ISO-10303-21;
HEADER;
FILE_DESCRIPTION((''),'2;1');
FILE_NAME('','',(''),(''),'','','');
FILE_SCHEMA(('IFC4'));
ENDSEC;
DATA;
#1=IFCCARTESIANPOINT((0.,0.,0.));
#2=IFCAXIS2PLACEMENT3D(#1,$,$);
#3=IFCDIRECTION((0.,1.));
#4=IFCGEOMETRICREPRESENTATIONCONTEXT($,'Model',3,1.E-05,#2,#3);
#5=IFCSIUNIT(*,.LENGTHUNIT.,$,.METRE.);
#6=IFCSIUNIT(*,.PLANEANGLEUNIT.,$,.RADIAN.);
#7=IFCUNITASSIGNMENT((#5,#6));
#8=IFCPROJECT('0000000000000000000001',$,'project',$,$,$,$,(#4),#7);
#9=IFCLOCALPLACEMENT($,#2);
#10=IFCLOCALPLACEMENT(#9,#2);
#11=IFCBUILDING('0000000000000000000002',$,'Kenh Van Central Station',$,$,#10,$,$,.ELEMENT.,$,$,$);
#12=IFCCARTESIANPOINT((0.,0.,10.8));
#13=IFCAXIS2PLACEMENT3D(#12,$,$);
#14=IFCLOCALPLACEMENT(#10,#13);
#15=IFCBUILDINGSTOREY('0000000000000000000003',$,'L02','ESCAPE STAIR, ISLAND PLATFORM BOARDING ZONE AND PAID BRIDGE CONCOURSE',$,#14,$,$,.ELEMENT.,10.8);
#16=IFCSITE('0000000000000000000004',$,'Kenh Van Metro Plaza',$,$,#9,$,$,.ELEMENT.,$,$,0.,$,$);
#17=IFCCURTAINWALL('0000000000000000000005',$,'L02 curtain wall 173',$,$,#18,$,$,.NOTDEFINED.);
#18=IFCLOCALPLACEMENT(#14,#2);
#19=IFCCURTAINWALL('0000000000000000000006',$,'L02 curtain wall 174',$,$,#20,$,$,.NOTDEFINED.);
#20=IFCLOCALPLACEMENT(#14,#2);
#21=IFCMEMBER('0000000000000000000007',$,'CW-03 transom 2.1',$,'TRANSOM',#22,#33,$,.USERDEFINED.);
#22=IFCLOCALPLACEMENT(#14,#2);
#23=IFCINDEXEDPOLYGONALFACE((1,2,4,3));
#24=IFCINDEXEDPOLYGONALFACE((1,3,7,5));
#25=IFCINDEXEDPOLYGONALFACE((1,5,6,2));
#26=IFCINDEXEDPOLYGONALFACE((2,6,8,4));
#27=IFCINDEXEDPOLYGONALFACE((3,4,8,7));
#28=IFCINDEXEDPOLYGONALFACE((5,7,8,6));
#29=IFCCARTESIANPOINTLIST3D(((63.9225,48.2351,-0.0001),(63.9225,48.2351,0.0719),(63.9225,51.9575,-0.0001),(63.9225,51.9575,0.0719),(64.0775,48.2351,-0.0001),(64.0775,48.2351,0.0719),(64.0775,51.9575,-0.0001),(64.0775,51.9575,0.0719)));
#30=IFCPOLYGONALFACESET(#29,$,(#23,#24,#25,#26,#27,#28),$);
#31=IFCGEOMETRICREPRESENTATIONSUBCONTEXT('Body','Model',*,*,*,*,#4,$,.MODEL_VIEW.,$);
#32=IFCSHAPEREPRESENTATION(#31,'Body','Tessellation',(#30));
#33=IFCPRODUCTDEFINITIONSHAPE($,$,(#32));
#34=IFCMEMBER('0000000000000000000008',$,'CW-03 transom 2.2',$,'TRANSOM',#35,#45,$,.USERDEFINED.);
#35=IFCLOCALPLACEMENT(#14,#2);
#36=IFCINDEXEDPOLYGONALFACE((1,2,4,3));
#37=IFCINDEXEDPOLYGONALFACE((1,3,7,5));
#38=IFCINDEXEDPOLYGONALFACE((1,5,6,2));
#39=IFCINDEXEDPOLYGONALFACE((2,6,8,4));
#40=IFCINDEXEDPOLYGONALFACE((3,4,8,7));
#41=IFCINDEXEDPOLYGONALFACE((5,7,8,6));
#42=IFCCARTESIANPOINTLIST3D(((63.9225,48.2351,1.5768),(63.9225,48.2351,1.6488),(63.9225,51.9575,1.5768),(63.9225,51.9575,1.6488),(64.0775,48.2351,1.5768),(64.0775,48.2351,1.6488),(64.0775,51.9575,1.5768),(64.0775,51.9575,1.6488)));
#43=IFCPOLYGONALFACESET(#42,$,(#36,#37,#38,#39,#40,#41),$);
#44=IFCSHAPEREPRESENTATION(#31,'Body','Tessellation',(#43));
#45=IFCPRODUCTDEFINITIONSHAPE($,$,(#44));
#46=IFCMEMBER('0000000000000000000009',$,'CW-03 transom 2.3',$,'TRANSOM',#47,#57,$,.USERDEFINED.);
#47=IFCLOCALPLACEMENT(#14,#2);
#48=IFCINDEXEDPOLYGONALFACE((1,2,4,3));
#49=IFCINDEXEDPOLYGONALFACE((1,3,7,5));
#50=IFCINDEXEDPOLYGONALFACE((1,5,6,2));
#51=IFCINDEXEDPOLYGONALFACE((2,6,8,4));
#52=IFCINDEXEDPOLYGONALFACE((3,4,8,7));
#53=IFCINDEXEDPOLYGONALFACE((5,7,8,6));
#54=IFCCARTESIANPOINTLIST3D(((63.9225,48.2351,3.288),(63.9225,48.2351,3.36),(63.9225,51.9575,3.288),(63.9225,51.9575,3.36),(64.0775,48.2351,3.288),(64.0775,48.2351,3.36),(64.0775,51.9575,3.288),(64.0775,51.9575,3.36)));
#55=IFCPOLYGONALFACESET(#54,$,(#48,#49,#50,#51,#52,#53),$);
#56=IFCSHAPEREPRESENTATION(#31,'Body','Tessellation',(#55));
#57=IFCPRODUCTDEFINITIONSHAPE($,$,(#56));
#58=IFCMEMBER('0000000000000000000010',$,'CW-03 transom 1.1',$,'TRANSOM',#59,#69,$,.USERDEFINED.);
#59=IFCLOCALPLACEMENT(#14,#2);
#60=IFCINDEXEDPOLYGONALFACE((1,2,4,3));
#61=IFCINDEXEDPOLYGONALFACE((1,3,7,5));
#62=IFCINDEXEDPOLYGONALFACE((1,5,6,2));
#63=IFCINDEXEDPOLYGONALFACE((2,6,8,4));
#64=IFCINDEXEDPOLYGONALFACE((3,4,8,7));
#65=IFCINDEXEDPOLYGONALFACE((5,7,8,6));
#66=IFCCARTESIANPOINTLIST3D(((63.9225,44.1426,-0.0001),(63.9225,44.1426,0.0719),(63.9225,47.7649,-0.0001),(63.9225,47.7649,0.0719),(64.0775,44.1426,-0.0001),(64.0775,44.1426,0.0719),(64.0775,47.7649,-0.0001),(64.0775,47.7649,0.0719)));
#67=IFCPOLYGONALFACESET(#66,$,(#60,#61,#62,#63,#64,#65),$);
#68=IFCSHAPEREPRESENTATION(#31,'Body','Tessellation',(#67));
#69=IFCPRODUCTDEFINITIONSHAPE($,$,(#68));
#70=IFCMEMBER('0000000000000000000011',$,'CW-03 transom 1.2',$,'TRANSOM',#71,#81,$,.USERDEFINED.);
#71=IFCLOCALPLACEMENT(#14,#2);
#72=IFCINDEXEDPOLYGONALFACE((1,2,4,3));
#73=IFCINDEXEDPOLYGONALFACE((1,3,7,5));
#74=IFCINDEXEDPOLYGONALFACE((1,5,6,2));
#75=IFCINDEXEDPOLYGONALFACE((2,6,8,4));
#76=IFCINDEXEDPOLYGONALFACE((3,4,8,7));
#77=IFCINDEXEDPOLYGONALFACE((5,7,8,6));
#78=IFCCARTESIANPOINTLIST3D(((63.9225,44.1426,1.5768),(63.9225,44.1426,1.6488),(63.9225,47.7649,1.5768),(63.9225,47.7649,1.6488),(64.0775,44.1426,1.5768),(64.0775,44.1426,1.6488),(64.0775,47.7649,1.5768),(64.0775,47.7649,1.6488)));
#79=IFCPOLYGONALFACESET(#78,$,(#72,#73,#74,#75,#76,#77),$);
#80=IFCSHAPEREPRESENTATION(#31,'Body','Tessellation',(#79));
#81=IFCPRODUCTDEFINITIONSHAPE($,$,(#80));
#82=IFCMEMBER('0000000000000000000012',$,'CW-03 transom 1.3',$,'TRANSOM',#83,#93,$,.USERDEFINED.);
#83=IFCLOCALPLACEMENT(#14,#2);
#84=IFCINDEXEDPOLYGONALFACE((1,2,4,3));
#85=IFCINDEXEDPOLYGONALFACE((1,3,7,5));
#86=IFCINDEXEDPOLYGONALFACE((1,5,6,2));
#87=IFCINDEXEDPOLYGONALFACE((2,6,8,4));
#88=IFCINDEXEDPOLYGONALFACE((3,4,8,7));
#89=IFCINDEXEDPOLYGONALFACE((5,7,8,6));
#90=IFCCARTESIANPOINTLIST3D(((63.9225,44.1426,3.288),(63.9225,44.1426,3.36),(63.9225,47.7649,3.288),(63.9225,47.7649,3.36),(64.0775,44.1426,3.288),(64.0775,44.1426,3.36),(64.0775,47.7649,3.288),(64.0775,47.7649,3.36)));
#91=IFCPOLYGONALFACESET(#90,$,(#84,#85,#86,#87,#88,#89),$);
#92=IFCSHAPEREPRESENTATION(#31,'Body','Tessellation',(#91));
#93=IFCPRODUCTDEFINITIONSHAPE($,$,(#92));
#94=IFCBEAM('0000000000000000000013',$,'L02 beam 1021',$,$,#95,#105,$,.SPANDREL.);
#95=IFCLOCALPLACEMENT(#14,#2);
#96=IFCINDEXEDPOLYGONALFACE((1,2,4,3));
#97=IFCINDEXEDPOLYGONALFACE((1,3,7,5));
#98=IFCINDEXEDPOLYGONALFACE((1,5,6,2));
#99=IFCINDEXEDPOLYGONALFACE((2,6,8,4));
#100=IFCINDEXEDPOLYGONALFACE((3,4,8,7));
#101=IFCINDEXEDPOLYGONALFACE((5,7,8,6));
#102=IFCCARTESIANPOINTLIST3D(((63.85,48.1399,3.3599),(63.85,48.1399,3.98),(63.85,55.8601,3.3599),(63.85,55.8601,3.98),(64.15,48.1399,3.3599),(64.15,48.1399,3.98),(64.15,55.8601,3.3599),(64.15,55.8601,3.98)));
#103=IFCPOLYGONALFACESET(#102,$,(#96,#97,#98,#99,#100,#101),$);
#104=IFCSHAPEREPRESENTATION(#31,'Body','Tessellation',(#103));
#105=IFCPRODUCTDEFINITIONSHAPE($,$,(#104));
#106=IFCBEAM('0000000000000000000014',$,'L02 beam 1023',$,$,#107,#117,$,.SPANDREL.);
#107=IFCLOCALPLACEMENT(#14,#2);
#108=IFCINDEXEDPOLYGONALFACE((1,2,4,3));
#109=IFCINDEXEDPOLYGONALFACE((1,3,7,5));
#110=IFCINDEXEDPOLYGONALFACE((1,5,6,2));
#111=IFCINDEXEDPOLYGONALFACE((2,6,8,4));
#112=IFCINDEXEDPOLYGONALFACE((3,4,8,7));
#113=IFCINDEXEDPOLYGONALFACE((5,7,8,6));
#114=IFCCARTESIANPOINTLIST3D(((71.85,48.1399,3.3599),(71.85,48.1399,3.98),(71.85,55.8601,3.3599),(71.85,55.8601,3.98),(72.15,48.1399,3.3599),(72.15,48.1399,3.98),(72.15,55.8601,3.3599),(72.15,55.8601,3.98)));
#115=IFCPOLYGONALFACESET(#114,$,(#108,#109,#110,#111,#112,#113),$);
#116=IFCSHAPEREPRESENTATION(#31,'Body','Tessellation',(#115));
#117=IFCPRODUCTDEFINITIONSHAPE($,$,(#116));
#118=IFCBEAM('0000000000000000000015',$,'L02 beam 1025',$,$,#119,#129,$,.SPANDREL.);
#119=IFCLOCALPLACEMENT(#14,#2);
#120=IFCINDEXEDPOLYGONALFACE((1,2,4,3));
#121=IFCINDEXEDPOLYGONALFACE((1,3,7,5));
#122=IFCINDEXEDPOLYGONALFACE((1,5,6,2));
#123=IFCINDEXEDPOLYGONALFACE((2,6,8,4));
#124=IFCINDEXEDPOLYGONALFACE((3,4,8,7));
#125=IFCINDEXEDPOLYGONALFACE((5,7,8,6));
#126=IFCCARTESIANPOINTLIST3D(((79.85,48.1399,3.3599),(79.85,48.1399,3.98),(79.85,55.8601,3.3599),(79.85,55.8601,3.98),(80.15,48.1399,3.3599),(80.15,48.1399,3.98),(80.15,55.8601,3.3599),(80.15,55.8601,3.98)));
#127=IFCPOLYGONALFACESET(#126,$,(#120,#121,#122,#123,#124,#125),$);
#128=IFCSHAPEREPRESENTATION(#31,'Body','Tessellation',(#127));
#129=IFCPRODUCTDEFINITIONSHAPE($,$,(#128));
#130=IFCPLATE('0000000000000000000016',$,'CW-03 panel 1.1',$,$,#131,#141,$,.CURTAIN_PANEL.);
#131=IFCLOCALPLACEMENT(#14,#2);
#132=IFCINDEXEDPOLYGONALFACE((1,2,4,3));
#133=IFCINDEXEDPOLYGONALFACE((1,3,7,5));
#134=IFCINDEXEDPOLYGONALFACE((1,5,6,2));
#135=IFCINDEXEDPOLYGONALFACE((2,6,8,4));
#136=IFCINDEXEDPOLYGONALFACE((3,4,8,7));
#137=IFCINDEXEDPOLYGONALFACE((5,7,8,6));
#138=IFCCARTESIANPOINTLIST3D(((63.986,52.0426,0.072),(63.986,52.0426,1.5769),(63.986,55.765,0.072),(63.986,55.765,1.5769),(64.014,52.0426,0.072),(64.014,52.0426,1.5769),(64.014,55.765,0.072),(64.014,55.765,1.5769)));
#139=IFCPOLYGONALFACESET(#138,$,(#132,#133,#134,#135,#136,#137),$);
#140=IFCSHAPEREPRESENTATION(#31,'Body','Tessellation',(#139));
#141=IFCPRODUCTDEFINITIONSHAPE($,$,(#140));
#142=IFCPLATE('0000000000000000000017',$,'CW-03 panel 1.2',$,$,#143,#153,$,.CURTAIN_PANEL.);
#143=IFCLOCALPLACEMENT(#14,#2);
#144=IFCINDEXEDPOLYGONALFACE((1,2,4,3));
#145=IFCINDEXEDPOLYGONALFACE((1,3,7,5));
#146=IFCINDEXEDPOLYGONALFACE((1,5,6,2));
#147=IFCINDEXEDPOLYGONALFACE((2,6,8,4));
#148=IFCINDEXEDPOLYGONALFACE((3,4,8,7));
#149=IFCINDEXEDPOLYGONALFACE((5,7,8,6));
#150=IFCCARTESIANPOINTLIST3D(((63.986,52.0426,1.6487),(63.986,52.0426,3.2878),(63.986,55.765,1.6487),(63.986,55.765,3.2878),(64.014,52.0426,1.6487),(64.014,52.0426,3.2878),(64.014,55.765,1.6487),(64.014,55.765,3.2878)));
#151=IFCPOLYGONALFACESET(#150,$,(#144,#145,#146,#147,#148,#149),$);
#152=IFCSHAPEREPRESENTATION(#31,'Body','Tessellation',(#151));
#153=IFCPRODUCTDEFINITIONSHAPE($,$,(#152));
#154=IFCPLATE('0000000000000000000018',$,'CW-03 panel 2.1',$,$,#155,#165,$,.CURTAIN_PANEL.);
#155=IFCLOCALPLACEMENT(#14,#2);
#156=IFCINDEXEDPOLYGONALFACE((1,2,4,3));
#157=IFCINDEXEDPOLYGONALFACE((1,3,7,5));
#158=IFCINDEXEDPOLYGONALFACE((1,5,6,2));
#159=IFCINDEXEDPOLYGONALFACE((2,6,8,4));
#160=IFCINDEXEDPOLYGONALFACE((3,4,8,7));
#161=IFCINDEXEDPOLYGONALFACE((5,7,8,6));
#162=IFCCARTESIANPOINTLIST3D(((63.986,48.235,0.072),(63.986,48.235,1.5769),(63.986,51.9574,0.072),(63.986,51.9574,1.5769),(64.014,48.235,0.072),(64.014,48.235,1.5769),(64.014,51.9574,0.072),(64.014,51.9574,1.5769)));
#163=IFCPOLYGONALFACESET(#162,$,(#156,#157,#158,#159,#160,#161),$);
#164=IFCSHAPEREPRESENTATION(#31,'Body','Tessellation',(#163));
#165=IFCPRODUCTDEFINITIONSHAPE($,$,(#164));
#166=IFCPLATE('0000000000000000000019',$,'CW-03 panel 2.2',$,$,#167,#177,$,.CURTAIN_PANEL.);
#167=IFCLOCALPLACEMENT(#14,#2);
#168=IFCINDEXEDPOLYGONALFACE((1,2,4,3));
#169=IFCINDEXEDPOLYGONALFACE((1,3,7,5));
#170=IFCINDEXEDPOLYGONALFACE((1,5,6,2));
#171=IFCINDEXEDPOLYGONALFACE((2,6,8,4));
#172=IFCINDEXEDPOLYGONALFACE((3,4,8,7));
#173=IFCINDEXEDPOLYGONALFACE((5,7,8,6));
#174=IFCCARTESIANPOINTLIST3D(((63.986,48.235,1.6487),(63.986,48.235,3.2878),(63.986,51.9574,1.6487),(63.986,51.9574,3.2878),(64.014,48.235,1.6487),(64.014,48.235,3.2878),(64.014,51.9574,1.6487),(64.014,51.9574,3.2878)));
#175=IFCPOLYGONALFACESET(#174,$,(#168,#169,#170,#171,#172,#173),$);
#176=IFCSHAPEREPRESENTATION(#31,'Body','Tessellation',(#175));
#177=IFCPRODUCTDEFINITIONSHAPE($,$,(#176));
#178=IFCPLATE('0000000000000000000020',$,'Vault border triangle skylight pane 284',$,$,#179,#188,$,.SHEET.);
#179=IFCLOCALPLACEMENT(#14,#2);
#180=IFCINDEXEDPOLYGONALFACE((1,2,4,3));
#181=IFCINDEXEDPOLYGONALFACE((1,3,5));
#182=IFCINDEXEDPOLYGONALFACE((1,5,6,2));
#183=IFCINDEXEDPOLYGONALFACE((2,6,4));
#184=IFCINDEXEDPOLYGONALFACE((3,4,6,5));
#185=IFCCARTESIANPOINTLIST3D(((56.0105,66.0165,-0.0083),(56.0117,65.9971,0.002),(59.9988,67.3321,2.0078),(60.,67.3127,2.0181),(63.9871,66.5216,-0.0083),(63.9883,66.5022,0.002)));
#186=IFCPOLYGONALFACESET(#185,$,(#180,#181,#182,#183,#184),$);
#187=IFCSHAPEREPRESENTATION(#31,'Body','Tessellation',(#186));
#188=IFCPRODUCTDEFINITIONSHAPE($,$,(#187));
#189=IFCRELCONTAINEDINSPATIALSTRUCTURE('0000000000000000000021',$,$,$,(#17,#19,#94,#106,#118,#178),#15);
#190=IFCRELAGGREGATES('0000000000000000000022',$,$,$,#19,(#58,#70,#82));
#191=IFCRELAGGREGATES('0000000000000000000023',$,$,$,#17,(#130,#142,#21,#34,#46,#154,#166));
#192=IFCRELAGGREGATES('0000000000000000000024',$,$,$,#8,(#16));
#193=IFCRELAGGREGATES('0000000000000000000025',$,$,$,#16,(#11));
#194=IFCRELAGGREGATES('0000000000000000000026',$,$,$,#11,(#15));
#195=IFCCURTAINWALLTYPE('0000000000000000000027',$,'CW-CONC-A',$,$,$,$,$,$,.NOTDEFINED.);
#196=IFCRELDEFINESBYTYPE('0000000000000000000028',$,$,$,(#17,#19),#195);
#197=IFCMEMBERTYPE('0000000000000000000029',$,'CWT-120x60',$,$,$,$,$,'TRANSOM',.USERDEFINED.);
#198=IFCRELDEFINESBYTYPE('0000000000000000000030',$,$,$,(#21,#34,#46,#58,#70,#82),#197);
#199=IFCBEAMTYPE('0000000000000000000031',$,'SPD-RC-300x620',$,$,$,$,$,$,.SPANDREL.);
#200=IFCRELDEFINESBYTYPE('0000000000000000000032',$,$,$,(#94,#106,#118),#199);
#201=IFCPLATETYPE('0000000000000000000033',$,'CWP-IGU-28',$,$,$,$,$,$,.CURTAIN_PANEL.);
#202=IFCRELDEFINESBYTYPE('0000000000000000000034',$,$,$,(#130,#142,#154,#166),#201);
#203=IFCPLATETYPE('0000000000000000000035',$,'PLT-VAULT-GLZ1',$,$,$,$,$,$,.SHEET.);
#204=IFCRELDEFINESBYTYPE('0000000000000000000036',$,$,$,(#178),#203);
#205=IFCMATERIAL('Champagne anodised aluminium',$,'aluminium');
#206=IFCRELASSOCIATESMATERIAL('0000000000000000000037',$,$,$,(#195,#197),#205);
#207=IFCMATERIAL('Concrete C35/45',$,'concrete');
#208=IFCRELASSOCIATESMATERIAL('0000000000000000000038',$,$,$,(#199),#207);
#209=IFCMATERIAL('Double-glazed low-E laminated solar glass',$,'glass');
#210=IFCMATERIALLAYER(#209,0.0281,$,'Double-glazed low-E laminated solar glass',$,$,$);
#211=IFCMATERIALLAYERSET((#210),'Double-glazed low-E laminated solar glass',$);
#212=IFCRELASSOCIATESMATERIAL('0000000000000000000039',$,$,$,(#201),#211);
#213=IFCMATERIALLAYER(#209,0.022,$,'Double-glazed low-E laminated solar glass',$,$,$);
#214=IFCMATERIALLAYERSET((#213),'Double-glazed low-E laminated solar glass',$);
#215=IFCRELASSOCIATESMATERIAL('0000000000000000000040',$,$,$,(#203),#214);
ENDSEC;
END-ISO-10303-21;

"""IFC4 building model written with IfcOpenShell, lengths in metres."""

from ifc_helpers import new_model, si_unit, direction, frame, origin, origin_2d, place, context, subcontext, project, spatial, polyline, rectangle, outline, extrude, material, layer, layer_set, material_profile, profile_set, type_object, element, aggregate, save


model = new_model("IFC4")

# Units and contexts
model_context = context("Model", 3, precision=1e-05, world=origin(), true_north=direction((0.0, 1.0)))
body_context = subcontext(model_context, "Body", "Model", "MODEL_VIEW")
ifc_project = project(units=[si_unit("LENGTHUNIT", "METRE"), si_unit("PLANEANGLEUNIT", "RADIAN")], contexts=[model_context])

# Site, building, storey
site_placement = place(None, origin())
site = spatial("IfcSite", under=ifc_project, at=site_placement, Name="Kenh Van Metro Plaza", CompositionType="ELEMENT", RefElevation=0.0)
building_placement = place(site_placement, origin())
building = spatial("IfcBuilding", under=site, at=building_placement, Name="Kenh Van Central Station", CompositionType="ELEMENT")
storey_placement = place(building_placement, frame((0.0, 0.0, 10.8)))
storey = spatial("IfcBuildingStorey", under=building, at=storey_placement, Name="L02", Description="ESCAPE STAIR, ISLAND PLATFORM BOARDING ZONE AND PAID BRIDGE CONCOURSE", CompositionType="ELEMENT", Elevation=10.8)

# Curtain wall
ifc_material_1 = material(Name="Champagne anodised aluminium", Category="aluminium")
curtain_wall_type = type_object("IfcCurtainWallType", Name="CW-CONC-A", PredefinedType="NOTDEFINED", material=ifc_material_1)
curtain_wall_1_placement = place(storey_placement, origin())
curtain_wall_1 = element("IfcCurtainWall", 1, at=curtain_wall_1_placement, inside=storey, type_object=curtain_wall_type, Name="L02 curtain wall 173", PredefinedType="NOTDEFINED")

# Curtain wall
curtain_wall_2_placement = place(storey_placement, origin())
curtain_wall_2 = element("IfcCurtainWall", 2, at=curtain_wall_2_placement, inside=storey, type_object=curtain_wall_type, Name="L02 curtain wall 174", PredefinedType="NOTDEFINED")

# Members
ifc_material_profile_1 = material_profile(ifc_material_1, rectangle(XDim=0.155, YDim=0.072, at=origin_2d()), Name="AL 155x72")
ifc_profile_set_1 = profile_set([ifc_material_profile_1], Name="Champagne anodised aluminium")
member_type_1 = type_object("IfcMemberType", Name="CWT-120x60", ElementType="TRANSOM", PredefinedType="USERDEFINED", material=ifc_profile_set_1)
member_1_placement = place(storey_placement, frame((64.0, 51.9575, 0.0359), z_axis=(0.0, -1.0, 0.0), x_axis=(1.0, 0.0, 0.0)))
member_1 = element("IfcMember", 3, at=member_1_placement, type_object=member_type_1, Name="CW-03 transom 2.1", ObjectType="TRANSOM", PredefinedType="USERDEFINED", context=body_context, shape_type="SweptSolid", body=[
    extrude(rectangle(XDim=0.155, YDim=0.072, at=origin_2d()), origin(), (0.0, 0.0, 1.0), 3.7224),
])
member_2_placement = place(storey_placement, frame((64.0, 51.9575, 1.6128), z_axis=(0.0, -1.0, 0.0), x_axis=(1.0, 0.0, 0.0)))
member_2 = element("IfcMember", 4, at=member_2_placement, type_object=member_type_1, Name="CW-03 transom 2.2", ObjectType="TRANSOM", PredefinedType="USERDEFINED", context=body_context, shape_type="SweptSolid", body=[
    extrude(rectangle(XDim=0.155, YDim=0.072, at=origin_2d()), origin(), (0.0, 0.0, 1.0), 3.7224),
])
member_3_placement = place(storey_placement, frame((64.0, 51.9575, 3.324), z_axis=(0.0, -1.0, 0.0), x_axis=(1.0, 0.0, 0.0)))
member_3 = element("IfcMember", 5, at=member_3_placement, type_object=member_type_1, Name="CW-03 transom 2.3", ObjectType="TRANSOM", PredefinedType="USERDEFINED", context=body_context, shape_type="SweptSolid", body=[
    extrude(rectangle(XDim=0.155, YDim=0.072, at=origin_2d()), origin(), (0.0, 0.0, 1.0), 3.7224),
])
member_4_placement = place(storey_placement, frame((64.0, 47.7649, 0.0359), z_axis=(0.0, -1.0, 0.0), x_axis=(1.0, 0.0, 0.0)))
member_4 = element("IfcMember", 6, at=member_4_placement, type_object=member_type_1, Name="CW-03 transom 1.1", ObjectType="TRANSOM", PredefinedType="USERDEFINED", context=body_context, shape_type="SweptSolid", body=[
    extrude(rectangle(XDim=0.155, YDim=0.072, at=origin_2d()), origin(), (0.0, 0.0, 1.0), 3.6223),
])
member_5_placement = place(storey_placement, frame((64.0, 47.7649, 1.6128), z_axis=(0.0, -1.0, 0.0), x_axis=(1.0, 0.0, 0.0)))
member_5 = element("IfcMember", 7, at=member_5_placement, type_object=member_type_1, Name="CW-03 transom 1.2", ObjectType="TRANSOM", PredefinedType="USERDEFINED", context=body_context, shape_type="SweptSolid", body=[
    extrude(rectangle(XDim=0.155, YDim=0.072, at=origin_2d()), origin(), (0.0, 0.0, 1.0), 3.6223),
])
member_6_placement = place(storey_placement, frame((64.0, 47.7649, 3.324), z_axis=(0.0, -1.0, 0.0), x_axis=(1.0, 0.0, 0.0)))
member_6 = element("IfcMember", 8, at=member_6_placement, type_object=member_type_1, Name="CW-03 transom 1.3", ObjectType="TRANSOM", PredefinedType="USERDEFINED", context=body_context, shape_type="SweptSolid", body=[
    extrude(rectangle(XDim=0.155, YDim=0.072, at=origin_2d()), origin(), (0.0, 0.0, 1.0), 3.6223),
])
aggregate(curtain_wall_2, [member_4, member_5, member_6])

# Beams
ifc_material_2 = material(Name="Concrete C35/45", Category="concrete")
ifc_material_profile_2 = material_profile(ifc_material_2, rectangle(XDim=0.3, YDim=0.6201, at=origin_2d()), Name="RC 300x620")
ifc_profile_set_2 = profile_set([ifc_material_profile_2], Name="Concrete C35/45")
beam_type = type_object("IfcBeamType", Name="SPD-RC-300x620", PredefinedType="SPANDREL", material=ifc_profile_set_2)
for number, where, z_axis, x_axis, name in (
    (9, (64.0, 48.1399, 3.6699), (0.0, 1.0, 0.0), (-1.0, 0.0, 0.0), "L02 beam 1021"),
    (10, (72.0, 48.1399, 3.6699), (0.0, 1.0, 0.0), (-1.0, 0.0, 0.0), "L02 beam 1023"),
    (11, (80.0, 48.1399, 3.6699), (0.0, 1.0, 0.0), (-1.0, 0.0, 0.0), "L02 beam 1025"),
):
    element("IfcBeam", number, at=place(storey_placement, frame(where, z_axis=z_axis, x_axis=x_axis)), inside=storey, type_object=beam_type, Name=name, PredefinedType="SPANDREL", context=body_context, shape_type="SweptSolid", body=[
        extrude(rectangle(XDim=0.3, YDim=0.6201, at=origin_2d()), origin(), (0.0, 0.0, 1.0), 7.7202),
    ])

# Plates
ifc_material_3 = material(Name="Double-glazed low-E laminated solar glass", Category="glass")
ifc_layer_1 = layer(ifc_material_3, 0.0281, Name="Double-glazed low-E laminated solar glass")
ifc_layer_set_1 = layer_set([ifc_layer_1], Name="Double-glazed low-E laminated solar glass")
plate_type_1 = type_object("IfcPlateType", Name="CWP-IGU-28", PredefinedType="CURTAIN_PANEL", material=ifc_layer_set_1)
plate_1_placement = place(storey_placement, frame((64.0, 53.9038, 0.072), z_axis=(0.0, 0.0, 1.0), x_axis=(0.0, -1.0, 0.0)))
plate_1 = element("IfcPlate", 12, at=plate_1_placement, type_object=plate_type_1, Name="CW-03 panel 1.1", PredefinedType="CURTAIN_PANEL", context=body_context, shape_type="SweptSolid", body=[
    extrude(rectangle(XDim=3.7224, YDim=0.0281, at=origin_2d()), origin(), (0.0, 0.0, 1.0), 1.5049),
])
plate_2_placement = place(storey_placement, frame((64.0, 53.9038, 1.6487), z_axis=(0.0, 0.0, 1.0), x_axis=(0.0, -1.0, 0.0)))
plate_2 = element("IfcPlate", 13, at=plate_2_placement, type_object=plate_type_1, Name="CW-03 panel 1.2", PredefinedType="CURTAIN_PANEL", context=body_context, shape_type="SweptSolid", body=[
    extrude(rectangle(XDim=3.7224, YDim=0.0281, at=origin_2d()), origin(), (0.0, 0.0, 1.0), 1.6392),
])
plate_3_placement = place(storey_placement, frame((64.0, 50.0962, 0.072), z_axis=(0.0, 0.0, 1.0), x_axis=(0.0, -1.0, 0.0)))
plate_3 = element("IfcPlate", 14, at=plate_3_placement, type_object=plate_type_1, Name="CW-03 panel 2.1", PredefinedType="CURTAIN_PANEL", context=body_context, shape_type="SweptSolid", body=[
    extrude(rectangle(XDim=3.7224, YDim=0.0281, at=origin_2d()), origin(), (0.0, 0.0, 1.0), 1.5049),
])
plate_4_placement = place(storey_placement, frame((64.0, 50.0962, 1.6487), z_axis=(0.0, 0.0, 1.0), x_axis=(0.0, -1.0, 0.0)))
plate_4 = element("IfcPlate", 15, at=plate_4_placement, type_object=plate_type_1, Name="CW-03 panel 2.2", PredefinedType="CURTAIN_PANEL", context=body_context, shape_type="SweptSolid", body=[
    extrude(rectangle(XDim=3.7224, YDim=0.0281, at=origin_2d()), origin(), (0.0, 0.0, 1.0), 1.6392),
])
aggregate(curtain_wall_1, [plate_1, plate_2, member_1, member_2, member_3, plate_3, plate_4])
ifc_layer_2 = layer(ifc_material_3, 0.022, Name="Double-glazed low-E laminated solar glass")
ifc_layer_set_2 = layer_set([ifc_layer_2], Name="Double-glazed low-E laminated solar glass")
plate_type_2 = type_object("IfcPlateType", Name="PLT-VAULT-GLZ1", PredefinedType="SHEET", material=ifc_layer_set_2)
plate_5_placement = place(storey_placement, frame((56.0117, 65.9971, 0.002), z_axis=(0.055928, -0.883172, 0.465703), x_axis=(0.998001, 0.0632, 0.0)))
element("IfcPlate", 16, at=plate_5_placement, inside=storey, type_object=plate_type_2, Name="Vault border triangle skylight pane 284", PredefinedType="SHEET", context=body_context, shape_type="SweptSolid", body=[
    extrude(outline(polyline([(0.0, 0.0), (7.9925, 0.0), (4.0635, 2.2782), (0.0, 0.0)])), origin(), (0.0, 0.0, -1.0), 0.022),
])

save(model, "model.ifc")
